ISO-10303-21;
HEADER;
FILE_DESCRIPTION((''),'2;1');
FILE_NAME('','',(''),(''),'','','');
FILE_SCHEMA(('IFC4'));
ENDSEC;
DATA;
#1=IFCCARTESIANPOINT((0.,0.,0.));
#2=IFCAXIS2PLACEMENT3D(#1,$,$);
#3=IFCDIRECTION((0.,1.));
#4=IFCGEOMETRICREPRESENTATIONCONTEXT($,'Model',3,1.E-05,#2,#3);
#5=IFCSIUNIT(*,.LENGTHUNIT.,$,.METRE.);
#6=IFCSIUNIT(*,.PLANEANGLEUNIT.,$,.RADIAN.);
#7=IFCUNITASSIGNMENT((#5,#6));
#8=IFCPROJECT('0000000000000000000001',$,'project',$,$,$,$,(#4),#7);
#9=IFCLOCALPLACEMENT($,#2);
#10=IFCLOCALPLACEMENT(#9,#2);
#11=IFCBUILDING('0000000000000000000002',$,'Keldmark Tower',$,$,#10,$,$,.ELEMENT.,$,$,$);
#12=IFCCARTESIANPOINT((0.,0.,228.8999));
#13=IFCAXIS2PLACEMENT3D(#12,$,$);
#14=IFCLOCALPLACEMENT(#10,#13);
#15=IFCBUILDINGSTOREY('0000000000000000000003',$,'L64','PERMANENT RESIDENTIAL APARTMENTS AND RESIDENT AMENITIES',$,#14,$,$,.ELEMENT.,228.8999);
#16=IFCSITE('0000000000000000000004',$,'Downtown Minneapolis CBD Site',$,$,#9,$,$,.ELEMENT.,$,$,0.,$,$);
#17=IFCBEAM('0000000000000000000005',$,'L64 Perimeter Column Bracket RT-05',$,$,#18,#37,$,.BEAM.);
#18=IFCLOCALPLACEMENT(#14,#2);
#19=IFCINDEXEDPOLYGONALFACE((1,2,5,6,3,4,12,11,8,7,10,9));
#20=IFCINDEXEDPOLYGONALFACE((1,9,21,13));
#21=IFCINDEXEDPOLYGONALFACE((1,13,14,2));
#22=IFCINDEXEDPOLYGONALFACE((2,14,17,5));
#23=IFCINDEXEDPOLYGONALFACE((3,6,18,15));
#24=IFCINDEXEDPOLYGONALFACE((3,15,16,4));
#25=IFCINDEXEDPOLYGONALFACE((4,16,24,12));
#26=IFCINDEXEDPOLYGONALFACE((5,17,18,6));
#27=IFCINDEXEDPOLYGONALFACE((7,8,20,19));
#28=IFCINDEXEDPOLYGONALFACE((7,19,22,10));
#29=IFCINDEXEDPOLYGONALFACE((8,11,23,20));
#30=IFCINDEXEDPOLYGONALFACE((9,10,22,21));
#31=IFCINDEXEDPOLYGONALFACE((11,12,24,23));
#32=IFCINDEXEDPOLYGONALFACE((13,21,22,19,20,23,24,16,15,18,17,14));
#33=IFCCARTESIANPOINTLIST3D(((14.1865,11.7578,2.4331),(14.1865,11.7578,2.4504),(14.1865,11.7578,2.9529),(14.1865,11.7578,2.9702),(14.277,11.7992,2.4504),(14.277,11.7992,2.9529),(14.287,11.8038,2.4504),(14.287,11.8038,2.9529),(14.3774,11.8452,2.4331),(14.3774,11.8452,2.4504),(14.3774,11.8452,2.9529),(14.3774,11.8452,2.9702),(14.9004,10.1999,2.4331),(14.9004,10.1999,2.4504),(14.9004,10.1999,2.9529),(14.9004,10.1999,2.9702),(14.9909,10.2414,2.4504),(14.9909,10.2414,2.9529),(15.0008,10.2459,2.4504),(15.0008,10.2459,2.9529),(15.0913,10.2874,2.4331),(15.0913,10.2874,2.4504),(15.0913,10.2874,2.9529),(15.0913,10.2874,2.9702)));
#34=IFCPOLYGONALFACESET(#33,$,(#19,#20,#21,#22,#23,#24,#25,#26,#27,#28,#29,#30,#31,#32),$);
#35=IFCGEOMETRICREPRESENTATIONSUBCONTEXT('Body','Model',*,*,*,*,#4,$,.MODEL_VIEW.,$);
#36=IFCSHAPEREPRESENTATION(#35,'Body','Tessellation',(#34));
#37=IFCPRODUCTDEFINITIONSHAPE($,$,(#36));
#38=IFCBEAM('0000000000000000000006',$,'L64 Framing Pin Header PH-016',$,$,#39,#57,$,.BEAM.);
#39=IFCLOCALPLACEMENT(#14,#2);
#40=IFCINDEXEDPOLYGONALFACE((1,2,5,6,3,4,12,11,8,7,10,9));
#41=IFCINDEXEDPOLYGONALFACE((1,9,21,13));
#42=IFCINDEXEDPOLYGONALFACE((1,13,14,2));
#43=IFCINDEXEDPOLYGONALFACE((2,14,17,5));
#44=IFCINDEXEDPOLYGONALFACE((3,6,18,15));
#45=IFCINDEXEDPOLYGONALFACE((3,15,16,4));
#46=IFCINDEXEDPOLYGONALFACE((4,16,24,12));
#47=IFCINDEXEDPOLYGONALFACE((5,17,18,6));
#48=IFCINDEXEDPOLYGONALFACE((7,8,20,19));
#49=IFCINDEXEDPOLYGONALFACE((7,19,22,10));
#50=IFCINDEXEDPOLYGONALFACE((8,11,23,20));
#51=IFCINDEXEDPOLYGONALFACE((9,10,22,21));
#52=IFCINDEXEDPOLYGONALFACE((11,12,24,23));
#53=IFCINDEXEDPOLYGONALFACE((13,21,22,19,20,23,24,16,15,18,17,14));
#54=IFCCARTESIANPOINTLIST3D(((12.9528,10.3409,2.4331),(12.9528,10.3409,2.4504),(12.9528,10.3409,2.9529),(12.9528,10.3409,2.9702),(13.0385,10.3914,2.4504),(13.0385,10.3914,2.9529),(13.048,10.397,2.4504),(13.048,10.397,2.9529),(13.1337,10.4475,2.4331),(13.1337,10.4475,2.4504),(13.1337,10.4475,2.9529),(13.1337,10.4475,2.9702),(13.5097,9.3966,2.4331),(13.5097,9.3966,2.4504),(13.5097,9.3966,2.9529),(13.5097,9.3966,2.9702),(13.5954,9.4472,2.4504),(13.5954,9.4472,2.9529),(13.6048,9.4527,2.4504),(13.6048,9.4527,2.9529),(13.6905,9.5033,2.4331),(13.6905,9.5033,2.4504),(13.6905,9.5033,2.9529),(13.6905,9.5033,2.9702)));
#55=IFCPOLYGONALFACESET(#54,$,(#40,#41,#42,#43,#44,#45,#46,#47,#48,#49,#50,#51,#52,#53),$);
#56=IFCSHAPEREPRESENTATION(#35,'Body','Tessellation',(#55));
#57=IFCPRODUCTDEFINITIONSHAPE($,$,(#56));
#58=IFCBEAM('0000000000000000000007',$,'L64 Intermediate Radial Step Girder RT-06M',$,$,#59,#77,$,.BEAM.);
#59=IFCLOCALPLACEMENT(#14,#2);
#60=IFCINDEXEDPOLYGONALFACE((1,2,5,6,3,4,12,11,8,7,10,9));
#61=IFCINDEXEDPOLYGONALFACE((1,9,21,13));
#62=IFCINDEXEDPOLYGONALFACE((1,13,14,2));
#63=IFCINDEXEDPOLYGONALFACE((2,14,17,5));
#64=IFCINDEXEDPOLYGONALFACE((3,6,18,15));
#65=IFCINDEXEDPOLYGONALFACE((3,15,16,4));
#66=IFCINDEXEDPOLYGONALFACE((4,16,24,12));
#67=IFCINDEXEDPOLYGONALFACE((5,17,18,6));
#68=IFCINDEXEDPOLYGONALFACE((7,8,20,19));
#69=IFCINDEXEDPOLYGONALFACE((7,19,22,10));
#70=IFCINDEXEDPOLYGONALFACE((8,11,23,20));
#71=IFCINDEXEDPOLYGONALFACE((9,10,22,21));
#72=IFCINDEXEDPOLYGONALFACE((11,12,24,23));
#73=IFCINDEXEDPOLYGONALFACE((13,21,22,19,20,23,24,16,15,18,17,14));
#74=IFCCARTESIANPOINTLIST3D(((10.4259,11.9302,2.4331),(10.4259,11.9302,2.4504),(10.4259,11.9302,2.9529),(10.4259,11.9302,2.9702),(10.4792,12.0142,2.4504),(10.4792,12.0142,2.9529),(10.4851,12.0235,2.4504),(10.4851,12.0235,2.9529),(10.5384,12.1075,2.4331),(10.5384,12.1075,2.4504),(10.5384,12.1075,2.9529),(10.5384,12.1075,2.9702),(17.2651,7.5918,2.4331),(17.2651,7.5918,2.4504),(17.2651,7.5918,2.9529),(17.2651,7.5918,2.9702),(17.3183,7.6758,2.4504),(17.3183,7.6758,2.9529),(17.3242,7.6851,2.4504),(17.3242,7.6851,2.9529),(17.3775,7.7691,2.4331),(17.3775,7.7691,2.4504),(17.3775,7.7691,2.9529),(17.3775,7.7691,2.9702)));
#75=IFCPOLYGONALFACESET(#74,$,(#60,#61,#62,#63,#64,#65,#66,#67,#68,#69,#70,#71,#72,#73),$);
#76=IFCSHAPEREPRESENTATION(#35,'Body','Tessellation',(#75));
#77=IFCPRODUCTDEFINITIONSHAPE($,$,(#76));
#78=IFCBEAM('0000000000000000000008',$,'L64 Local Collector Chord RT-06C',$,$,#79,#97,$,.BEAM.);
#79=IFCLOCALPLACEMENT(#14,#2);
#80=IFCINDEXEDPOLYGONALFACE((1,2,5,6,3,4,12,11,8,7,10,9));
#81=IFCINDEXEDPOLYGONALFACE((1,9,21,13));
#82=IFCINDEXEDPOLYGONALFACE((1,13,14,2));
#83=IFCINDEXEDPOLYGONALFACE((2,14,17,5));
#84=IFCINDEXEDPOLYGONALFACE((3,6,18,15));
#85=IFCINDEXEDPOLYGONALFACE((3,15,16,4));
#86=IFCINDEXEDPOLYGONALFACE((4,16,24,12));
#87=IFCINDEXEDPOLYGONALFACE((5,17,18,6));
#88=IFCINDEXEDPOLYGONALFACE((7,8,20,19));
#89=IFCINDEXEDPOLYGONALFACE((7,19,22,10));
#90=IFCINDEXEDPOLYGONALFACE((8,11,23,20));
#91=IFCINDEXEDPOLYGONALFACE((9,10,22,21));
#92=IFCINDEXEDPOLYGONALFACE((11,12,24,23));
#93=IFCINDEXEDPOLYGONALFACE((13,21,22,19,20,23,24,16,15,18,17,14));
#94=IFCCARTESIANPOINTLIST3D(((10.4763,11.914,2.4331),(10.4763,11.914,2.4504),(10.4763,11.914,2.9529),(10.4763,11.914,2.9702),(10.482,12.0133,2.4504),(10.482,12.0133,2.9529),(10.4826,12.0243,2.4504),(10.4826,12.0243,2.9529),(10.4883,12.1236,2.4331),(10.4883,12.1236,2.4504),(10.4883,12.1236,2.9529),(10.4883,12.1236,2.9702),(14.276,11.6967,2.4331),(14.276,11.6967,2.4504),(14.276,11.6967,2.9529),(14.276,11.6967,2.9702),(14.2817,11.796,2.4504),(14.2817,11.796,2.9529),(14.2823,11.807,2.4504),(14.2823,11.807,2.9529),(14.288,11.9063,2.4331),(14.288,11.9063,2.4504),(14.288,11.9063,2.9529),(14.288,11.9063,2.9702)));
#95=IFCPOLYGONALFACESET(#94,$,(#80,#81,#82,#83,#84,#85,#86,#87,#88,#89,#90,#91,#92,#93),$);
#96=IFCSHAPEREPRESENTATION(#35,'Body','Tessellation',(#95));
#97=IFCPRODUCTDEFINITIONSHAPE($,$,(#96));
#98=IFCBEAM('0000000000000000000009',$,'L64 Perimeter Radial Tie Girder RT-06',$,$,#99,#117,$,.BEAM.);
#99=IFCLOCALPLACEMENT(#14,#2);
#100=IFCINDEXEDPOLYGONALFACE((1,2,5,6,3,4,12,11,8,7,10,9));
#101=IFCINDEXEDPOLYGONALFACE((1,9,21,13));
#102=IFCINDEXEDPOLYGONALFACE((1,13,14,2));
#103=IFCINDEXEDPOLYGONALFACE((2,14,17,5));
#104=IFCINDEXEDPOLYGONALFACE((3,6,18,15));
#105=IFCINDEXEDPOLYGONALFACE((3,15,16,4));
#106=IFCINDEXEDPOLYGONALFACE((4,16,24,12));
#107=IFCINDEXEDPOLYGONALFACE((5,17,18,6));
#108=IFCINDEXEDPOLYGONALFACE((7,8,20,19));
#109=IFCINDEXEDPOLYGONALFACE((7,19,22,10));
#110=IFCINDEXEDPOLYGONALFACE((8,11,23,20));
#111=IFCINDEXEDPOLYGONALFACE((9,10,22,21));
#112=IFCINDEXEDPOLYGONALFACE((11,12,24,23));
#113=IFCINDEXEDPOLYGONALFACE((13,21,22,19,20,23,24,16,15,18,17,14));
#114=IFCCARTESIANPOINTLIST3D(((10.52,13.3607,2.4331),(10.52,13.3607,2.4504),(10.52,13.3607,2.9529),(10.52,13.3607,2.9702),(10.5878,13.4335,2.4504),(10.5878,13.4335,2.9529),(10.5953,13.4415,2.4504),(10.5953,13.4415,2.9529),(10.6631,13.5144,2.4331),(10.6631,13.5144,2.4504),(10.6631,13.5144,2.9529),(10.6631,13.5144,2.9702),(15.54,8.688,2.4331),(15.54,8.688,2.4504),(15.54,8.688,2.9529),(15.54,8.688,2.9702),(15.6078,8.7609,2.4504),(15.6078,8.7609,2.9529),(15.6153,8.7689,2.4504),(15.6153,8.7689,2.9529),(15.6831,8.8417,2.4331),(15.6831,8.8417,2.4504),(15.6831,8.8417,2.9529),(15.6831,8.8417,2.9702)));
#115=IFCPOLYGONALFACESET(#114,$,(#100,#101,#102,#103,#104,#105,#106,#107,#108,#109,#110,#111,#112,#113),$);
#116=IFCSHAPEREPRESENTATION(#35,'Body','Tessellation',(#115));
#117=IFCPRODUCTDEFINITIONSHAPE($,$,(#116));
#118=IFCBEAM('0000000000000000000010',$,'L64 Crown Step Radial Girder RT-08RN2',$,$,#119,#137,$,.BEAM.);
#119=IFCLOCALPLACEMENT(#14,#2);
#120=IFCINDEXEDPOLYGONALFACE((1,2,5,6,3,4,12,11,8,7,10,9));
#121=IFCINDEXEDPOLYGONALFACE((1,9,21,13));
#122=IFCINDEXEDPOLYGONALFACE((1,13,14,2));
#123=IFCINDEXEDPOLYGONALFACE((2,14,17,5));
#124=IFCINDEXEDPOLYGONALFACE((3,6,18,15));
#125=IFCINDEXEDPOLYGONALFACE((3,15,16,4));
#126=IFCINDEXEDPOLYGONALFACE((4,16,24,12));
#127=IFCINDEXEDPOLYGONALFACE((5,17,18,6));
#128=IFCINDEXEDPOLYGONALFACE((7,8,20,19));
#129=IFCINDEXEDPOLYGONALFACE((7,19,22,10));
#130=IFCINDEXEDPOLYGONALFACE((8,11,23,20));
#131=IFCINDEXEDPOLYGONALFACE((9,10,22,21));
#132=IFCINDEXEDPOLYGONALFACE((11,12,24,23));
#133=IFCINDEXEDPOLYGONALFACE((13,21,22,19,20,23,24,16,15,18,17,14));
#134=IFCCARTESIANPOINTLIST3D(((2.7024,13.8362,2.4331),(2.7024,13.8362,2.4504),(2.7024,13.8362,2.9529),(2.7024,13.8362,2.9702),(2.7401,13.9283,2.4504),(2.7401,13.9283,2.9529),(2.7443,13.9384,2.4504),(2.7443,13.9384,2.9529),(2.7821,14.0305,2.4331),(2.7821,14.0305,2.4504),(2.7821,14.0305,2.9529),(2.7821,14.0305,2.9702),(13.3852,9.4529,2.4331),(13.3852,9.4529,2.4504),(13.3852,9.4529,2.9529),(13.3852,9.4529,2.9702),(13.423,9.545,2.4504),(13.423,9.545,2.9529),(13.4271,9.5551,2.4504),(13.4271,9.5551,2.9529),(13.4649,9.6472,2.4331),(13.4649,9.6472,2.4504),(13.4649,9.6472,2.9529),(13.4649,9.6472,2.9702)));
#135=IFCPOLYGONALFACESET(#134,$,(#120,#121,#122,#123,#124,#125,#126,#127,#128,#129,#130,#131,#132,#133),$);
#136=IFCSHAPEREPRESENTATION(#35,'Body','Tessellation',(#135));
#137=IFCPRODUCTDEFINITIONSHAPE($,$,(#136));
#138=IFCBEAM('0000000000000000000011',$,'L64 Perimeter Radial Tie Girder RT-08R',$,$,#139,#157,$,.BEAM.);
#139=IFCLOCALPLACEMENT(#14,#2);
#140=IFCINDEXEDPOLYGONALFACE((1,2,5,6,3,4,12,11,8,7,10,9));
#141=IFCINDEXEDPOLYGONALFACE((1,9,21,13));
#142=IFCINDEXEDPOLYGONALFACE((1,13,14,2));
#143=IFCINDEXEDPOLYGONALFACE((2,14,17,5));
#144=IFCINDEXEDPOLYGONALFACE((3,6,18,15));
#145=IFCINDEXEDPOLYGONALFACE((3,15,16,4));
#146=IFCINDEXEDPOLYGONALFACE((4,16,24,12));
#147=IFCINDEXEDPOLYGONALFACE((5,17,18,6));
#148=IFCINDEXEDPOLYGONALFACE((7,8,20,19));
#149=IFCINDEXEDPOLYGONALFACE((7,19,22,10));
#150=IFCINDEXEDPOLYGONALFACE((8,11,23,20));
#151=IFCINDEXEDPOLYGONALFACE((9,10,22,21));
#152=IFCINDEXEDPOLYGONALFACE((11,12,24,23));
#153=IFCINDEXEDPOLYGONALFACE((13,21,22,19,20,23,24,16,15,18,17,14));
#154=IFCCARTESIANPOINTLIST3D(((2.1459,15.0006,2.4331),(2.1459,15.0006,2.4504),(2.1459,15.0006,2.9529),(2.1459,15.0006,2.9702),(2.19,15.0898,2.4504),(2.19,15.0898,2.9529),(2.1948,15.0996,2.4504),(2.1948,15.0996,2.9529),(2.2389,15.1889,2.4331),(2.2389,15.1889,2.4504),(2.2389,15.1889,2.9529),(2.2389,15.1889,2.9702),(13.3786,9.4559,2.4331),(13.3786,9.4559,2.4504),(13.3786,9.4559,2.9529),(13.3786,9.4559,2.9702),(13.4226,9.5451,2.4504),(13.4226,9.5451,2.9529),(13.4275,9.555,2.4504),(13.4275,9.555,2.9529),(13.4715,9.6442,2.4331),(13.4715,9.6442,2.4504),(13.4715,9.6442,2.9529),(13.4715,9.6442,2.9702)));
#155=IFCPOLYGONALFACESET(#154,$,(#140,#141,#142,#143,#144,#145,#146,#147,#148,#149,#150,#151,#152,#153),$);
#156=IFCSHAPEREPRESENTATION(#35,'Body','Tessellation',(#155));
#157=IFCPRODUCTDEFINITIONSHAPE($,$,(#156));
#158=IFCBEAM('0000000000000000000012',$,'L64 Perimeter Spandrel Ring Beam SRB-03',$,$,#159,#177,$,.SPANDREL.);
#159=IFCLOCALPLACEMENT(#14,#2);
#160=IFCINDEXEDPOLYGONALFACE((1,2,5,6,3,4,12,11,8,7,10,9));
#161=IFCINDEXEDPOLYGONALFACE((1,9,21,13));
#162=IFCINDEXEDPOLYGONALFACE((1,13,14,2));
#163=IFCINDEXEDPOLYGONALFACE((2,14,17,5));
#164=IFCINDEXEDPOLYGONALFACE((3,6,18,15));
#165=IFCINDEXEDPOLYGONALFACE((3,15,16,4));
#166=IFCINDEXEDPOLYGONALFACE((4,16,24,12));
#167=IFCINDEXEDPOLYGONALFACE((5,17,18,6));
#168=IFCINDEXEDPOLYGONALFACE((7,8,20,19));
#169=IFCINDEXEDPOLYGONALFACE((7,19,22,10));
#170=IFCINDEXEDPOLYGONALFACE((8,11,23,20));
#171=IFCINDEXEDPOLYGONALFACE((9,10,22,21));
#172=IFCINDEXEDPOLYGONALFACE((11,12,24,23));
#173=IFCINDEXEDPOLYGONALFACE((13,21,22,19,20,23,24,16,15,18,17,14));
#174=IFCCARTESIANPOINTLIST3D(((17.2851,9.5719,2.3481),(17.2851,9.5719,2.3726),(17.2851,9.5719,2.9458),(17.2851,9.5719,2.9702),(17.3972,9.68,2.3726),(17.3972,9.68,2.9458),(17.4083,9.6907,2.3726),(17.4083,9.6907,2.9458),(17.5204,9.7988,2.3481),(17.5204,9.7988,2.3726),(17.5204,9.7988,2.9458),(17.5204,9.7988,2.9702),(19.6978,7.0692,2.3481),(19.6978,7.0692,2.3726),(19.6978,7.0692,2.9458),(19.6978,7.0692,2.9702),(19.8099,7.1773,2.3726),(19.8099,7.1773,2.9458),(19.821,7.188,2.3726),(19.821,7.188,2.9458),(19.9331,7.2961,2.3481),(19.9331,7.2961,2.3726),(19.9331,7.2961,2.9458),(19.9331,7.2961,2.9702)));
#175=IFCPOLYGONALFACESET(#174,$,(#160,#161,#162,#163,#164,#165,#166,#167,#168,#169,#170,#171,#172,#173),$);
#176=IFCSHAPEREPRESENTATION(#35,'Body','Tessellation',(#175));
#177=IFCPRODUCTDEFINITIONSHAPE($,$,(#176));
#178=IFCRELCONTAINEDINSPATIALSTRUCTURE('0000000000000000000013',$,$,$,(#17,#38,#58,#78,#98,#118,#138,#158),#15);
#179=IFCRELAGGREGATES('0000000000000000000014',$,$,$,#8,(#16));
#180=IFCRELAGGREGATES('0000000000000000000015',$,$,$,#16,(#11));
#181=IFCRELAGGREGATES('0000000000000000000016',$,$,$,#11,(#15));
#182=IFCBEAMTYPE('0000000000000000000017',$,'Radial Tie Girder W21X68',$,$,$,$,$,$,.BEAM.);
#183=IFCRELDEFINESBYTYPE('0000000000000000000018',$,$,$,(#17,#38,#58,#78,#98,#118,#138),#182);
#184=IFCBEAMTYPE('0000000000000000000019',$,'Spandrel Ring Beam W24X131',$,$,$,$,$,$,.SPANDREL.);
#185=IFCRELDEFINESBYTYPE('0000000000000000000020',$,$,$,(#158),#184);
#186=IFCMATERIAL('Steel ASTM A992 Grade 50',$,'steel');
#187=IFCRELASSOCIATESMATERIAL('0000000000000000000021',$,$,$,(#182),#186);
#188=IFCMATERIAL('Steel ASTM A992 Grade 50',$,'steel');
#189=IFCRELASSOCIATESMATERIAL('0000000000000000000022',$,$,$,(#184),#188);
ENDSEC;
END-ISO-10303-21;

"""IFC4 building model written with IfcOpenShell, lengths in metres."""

from ifc_helpers import new_model, si_unit, direction, frame, origin, origin_2d, place, context, subcontext, project, spatial, i_section, extrude, material, material_profile, profile_set, type_object, element, save


model = new_model("IFC4")

# Units and contexts
model_context = context("Model", 3, precision=1e-05, world=origin(), true_north=direction((0.0, 1.0)))
body_context = subcontext(model_context, "Body", "Model", "MODEL_VIEW")
ifc_project = project(units=[si_unit("LENGTHUNIT", "METRE"), si_unit("PLANEANGLEUNIT", "RADIAN")], contexts=[model_context])

# Site, building, storey
site_placement = place(None, origin())
site = spatial("IfcSite", under=ifc_project, at=site_placement, Name="Downtown Minneapolis CBD Site", CompositionType="ELEMENT", RefElevation=0.0)
building_placement = place(site_placement, origin())
building = spatial("IfcBuilding", under=site, at=building_placement, Name="Keldmark Tower", CompositionType="ELEMENT")
storey_placement = place(building_placement, frame((0.0, 0.0, 228.8999)))
storey = spatial("IfcBuildingStorey", under=building, at=storey_placement, Name="L64", Description="PERMANENT RESIDENTIAL APARTMENTS AND RESIDENT AMENITIES", CompositionType="ELEMENT", Elevation=228.8999)

# Beams
ifc_material_1 = material(Name="Steel ASTM A992 Grade 50", Category="steel")
ifc_material_profile_1 = material_profile(ifc_material_1, i_section(OverallWidth=0.21, OverallDepth=0.5371, WebThickness=0.011, FlangeThickness=0.0173, at=origin_2d()), Name="W21X68")
ifc_profile_set_1 = profile_set([ifc_material_profile_1], Name="Steel ASTM A992 Grade 50")
beam_type_1 = type_object("IfcBeamType", Name="Radial Tie Girder W21X68", PredefinedType="BEAM", material=ifc_profile_set_1)
beam_1_placement = place(storey_placement, frame((14.9958, 10.2437, 2.7017), z_axis=(-0.416581, 0.909099, 0.0), x_axis=(-0.909099, -0.416581, 0.0)))
element("IfcBeam", 1, at=beam_1_placement, inside=storey, type_object=beam_type_1, Name="L64 Perimeter Column Bracket RT-05", PredefinedType="BEAM", context=body_context, shape_type="SweptSolid", body=[
    extrude(i_section(OverallWidth=0.21, OverallDepth=0.5371, WebThickness=0.011, FlangeThickness=0.0173, at=origin_2d()), origin(), (0.0, 0.0, 1.0), 1.7136),
])
beam_2_placement = place(storey_placement, frame((13.6001, 9.45, 2.7017), z_axis=(-0.507964, 0.861378, 0.0), x_axis=(-0.861378, -0.507964, 0.0)))
element("IfcBeam", 2, at=beam_2_placement, inside=storey, type_object=beam_type_1, Name="L64 Framing Pin Header PH-016", PredefinedType="BEAM", context=body_context, shape_type="SweptSolid", body=[
    extrude(i_section(OverallWidth=0.21, OverallDepth=0.5371, WebThickness=0.011, FlangeThickness=0.0173, at=origin_2d()), origin(), (0.0, 0.0, 1.0), 1.0962),
])
beam_3_placement = place(storey_placement, frame((17.3213, 7.6804, 2.7017), z_axis=(-0.844431, 0.535664, 0.0), x_axis=(-0.535664, -0.844431, 0.0)))
element("IfcBeam", 3, at=beam_3_placement, inside=storey, type_object=beam_type_1, Name="L64 Intermediate Radial Step Girder RT-06M", PredefinedType="BEAM", context=body_context, shape_type="SweptSolid", body=[
    extrude(i_section(OverallWidth=0.21, OverallDepth=0.5371, WebThickness=0.011, FlangeThickness=0.0173, at=origin_2d()), origin(), (0.0, 0.0, 1.0), 8.0991),
])
beam_4_placement = place(storey_placement, frame((14.282, 11.8015, 2.7017), z_axis=(-0.998369, 0.05709, 0.0), x_axis=(-0.05709, -0.998369, 0.0)))
element("IfcBeam", 4, at=beam_4_placement, inside=storey, type_object=beam_type_1, Name="L64 Local Collector Chord RT-06C", PredefinedType="BEAM", context=body_context, shape_type="SweptSolid", body=[
    extrude(i_section(OverallWidth=0.21, OverallDepth=0.5371, WebThickness=0.011, FlangeThickness=0.0173, at=origin_2d()), origin(), (0.0, 0.0, 1.0), 3.8059),
])
beam_5_placement = place(storey_placement, frame((15.6116, 8.7649, 2.7017), z_axis=(-0.731982, 0.681324, 0.0), x_axis=(-0.681324, -0.731982, 0.0)))
element("IfcBeam", 5, at=beam_5_placement, inside=storey, type_object=beam_type_1, Name="L64 Perimeter Radial Tie Girder RT-06", PredefinedType="BEAM", context=body_context, shape_type="SweptSolid", body=[
    extrude(i_section(OverallWidth=0.21, OverallDepth=0.5371, WebThickness=0.011, FlangeThickness=0.0173, at=origin_2d()), origin(), (0.0, 0.0, 1.0), 6.8582),
])
beam_6_placement = place(storey_placement, frame((13.425, 9.55, 2.7017), z_axis=(-0.925151, 0.3796, 0.0), x_axis=(-0.3796, -0.925151, 0.0)))
element("IfcBeam", 6, at=beam_6_placement, inside=storey, type_object=beam_type_1, Name="L64 Crown Step Radial Girder RT-08RN2", PredefinedType="BEAM", context=body_context, shape_type="SweptSolid", body=[
    extrude(i_section(OverallWidth=0.21, OverallDepth=0.5371, WebThickness=0.011, FlangeThickness=0.0173, at=origin_2d()), origin(), (0.0, 0.0, 1.0), 11.5471),
])
beam_7_placement = place(storey_placement, frame((13.425, 9.55, 2.7017), z_axis=(-0.896704, 0.442632, 0.0), x_axis=(-0.442632, -0.896704, 0.0)))
element("IfcBeam", 7, at=beam_7_placement, inside=storey, type_object=beam_type_1, Name="L64 Perimeter Radial Tie Girder RT-08R", PredefinedType="BEAM", context=body_context, shape_type="SweptSolid", body=[
    extrude(i_section(OverallWidth=0.21, OverallDepth=0.5371, WebThickness=0.011, FlangeThickness=0.0173, at=origin_2d()), origin(), (0.0, 0.0, 1.0), 12.5266),
])
ifc_material_2 = material(Name="Steel ASTM A992 Grade 50", Category="steel")
ifc_material_profile_2 = material_profile(ifc_material_2, i_section(OverallWidth=0.3269, OverallDepth=0.6221, WebThickness=0.0154, FlangeThickness=0.0244, at=origin_2d()), Name="W24X131")
ifc_profile_set_2 = profile_set([ifc_material_profile_2], Name="Steel ASTM A992 Grade 50")
beam_type_2 = type_object("IfcBeamType", Name="Spandrel Ring Beam W24X131", PredefinedType="SPANDREL", material=ifc_profile_set_2)
beam_8_placement = place(storey_placement, frame((19.8154, 7.1826, 2.6592), z_axis=(-0.69403, 0.719946, 0.0), x_axis=(-0.719946, -0.69403, 0.0)))
element("IfcBeam", 8, at=beam_8_placement, inside=storey, type_object=beam_type_2, Name="L64 Perimeter Spandrel Ring Beam SRB-03", PredefinedType="SPANDREL", context=body_context, shape_type="SweptSolid", body=[
    extrude(i_section(OverallWidth=0.3269, OverallDepth=0.6221, WebThickness=0.0154, FlangeThickness=0.0244, at=origin_2d()), origin(), (0.0, 0.0, 1.0), 3.4763),
])

save(model, "model.ifc")
